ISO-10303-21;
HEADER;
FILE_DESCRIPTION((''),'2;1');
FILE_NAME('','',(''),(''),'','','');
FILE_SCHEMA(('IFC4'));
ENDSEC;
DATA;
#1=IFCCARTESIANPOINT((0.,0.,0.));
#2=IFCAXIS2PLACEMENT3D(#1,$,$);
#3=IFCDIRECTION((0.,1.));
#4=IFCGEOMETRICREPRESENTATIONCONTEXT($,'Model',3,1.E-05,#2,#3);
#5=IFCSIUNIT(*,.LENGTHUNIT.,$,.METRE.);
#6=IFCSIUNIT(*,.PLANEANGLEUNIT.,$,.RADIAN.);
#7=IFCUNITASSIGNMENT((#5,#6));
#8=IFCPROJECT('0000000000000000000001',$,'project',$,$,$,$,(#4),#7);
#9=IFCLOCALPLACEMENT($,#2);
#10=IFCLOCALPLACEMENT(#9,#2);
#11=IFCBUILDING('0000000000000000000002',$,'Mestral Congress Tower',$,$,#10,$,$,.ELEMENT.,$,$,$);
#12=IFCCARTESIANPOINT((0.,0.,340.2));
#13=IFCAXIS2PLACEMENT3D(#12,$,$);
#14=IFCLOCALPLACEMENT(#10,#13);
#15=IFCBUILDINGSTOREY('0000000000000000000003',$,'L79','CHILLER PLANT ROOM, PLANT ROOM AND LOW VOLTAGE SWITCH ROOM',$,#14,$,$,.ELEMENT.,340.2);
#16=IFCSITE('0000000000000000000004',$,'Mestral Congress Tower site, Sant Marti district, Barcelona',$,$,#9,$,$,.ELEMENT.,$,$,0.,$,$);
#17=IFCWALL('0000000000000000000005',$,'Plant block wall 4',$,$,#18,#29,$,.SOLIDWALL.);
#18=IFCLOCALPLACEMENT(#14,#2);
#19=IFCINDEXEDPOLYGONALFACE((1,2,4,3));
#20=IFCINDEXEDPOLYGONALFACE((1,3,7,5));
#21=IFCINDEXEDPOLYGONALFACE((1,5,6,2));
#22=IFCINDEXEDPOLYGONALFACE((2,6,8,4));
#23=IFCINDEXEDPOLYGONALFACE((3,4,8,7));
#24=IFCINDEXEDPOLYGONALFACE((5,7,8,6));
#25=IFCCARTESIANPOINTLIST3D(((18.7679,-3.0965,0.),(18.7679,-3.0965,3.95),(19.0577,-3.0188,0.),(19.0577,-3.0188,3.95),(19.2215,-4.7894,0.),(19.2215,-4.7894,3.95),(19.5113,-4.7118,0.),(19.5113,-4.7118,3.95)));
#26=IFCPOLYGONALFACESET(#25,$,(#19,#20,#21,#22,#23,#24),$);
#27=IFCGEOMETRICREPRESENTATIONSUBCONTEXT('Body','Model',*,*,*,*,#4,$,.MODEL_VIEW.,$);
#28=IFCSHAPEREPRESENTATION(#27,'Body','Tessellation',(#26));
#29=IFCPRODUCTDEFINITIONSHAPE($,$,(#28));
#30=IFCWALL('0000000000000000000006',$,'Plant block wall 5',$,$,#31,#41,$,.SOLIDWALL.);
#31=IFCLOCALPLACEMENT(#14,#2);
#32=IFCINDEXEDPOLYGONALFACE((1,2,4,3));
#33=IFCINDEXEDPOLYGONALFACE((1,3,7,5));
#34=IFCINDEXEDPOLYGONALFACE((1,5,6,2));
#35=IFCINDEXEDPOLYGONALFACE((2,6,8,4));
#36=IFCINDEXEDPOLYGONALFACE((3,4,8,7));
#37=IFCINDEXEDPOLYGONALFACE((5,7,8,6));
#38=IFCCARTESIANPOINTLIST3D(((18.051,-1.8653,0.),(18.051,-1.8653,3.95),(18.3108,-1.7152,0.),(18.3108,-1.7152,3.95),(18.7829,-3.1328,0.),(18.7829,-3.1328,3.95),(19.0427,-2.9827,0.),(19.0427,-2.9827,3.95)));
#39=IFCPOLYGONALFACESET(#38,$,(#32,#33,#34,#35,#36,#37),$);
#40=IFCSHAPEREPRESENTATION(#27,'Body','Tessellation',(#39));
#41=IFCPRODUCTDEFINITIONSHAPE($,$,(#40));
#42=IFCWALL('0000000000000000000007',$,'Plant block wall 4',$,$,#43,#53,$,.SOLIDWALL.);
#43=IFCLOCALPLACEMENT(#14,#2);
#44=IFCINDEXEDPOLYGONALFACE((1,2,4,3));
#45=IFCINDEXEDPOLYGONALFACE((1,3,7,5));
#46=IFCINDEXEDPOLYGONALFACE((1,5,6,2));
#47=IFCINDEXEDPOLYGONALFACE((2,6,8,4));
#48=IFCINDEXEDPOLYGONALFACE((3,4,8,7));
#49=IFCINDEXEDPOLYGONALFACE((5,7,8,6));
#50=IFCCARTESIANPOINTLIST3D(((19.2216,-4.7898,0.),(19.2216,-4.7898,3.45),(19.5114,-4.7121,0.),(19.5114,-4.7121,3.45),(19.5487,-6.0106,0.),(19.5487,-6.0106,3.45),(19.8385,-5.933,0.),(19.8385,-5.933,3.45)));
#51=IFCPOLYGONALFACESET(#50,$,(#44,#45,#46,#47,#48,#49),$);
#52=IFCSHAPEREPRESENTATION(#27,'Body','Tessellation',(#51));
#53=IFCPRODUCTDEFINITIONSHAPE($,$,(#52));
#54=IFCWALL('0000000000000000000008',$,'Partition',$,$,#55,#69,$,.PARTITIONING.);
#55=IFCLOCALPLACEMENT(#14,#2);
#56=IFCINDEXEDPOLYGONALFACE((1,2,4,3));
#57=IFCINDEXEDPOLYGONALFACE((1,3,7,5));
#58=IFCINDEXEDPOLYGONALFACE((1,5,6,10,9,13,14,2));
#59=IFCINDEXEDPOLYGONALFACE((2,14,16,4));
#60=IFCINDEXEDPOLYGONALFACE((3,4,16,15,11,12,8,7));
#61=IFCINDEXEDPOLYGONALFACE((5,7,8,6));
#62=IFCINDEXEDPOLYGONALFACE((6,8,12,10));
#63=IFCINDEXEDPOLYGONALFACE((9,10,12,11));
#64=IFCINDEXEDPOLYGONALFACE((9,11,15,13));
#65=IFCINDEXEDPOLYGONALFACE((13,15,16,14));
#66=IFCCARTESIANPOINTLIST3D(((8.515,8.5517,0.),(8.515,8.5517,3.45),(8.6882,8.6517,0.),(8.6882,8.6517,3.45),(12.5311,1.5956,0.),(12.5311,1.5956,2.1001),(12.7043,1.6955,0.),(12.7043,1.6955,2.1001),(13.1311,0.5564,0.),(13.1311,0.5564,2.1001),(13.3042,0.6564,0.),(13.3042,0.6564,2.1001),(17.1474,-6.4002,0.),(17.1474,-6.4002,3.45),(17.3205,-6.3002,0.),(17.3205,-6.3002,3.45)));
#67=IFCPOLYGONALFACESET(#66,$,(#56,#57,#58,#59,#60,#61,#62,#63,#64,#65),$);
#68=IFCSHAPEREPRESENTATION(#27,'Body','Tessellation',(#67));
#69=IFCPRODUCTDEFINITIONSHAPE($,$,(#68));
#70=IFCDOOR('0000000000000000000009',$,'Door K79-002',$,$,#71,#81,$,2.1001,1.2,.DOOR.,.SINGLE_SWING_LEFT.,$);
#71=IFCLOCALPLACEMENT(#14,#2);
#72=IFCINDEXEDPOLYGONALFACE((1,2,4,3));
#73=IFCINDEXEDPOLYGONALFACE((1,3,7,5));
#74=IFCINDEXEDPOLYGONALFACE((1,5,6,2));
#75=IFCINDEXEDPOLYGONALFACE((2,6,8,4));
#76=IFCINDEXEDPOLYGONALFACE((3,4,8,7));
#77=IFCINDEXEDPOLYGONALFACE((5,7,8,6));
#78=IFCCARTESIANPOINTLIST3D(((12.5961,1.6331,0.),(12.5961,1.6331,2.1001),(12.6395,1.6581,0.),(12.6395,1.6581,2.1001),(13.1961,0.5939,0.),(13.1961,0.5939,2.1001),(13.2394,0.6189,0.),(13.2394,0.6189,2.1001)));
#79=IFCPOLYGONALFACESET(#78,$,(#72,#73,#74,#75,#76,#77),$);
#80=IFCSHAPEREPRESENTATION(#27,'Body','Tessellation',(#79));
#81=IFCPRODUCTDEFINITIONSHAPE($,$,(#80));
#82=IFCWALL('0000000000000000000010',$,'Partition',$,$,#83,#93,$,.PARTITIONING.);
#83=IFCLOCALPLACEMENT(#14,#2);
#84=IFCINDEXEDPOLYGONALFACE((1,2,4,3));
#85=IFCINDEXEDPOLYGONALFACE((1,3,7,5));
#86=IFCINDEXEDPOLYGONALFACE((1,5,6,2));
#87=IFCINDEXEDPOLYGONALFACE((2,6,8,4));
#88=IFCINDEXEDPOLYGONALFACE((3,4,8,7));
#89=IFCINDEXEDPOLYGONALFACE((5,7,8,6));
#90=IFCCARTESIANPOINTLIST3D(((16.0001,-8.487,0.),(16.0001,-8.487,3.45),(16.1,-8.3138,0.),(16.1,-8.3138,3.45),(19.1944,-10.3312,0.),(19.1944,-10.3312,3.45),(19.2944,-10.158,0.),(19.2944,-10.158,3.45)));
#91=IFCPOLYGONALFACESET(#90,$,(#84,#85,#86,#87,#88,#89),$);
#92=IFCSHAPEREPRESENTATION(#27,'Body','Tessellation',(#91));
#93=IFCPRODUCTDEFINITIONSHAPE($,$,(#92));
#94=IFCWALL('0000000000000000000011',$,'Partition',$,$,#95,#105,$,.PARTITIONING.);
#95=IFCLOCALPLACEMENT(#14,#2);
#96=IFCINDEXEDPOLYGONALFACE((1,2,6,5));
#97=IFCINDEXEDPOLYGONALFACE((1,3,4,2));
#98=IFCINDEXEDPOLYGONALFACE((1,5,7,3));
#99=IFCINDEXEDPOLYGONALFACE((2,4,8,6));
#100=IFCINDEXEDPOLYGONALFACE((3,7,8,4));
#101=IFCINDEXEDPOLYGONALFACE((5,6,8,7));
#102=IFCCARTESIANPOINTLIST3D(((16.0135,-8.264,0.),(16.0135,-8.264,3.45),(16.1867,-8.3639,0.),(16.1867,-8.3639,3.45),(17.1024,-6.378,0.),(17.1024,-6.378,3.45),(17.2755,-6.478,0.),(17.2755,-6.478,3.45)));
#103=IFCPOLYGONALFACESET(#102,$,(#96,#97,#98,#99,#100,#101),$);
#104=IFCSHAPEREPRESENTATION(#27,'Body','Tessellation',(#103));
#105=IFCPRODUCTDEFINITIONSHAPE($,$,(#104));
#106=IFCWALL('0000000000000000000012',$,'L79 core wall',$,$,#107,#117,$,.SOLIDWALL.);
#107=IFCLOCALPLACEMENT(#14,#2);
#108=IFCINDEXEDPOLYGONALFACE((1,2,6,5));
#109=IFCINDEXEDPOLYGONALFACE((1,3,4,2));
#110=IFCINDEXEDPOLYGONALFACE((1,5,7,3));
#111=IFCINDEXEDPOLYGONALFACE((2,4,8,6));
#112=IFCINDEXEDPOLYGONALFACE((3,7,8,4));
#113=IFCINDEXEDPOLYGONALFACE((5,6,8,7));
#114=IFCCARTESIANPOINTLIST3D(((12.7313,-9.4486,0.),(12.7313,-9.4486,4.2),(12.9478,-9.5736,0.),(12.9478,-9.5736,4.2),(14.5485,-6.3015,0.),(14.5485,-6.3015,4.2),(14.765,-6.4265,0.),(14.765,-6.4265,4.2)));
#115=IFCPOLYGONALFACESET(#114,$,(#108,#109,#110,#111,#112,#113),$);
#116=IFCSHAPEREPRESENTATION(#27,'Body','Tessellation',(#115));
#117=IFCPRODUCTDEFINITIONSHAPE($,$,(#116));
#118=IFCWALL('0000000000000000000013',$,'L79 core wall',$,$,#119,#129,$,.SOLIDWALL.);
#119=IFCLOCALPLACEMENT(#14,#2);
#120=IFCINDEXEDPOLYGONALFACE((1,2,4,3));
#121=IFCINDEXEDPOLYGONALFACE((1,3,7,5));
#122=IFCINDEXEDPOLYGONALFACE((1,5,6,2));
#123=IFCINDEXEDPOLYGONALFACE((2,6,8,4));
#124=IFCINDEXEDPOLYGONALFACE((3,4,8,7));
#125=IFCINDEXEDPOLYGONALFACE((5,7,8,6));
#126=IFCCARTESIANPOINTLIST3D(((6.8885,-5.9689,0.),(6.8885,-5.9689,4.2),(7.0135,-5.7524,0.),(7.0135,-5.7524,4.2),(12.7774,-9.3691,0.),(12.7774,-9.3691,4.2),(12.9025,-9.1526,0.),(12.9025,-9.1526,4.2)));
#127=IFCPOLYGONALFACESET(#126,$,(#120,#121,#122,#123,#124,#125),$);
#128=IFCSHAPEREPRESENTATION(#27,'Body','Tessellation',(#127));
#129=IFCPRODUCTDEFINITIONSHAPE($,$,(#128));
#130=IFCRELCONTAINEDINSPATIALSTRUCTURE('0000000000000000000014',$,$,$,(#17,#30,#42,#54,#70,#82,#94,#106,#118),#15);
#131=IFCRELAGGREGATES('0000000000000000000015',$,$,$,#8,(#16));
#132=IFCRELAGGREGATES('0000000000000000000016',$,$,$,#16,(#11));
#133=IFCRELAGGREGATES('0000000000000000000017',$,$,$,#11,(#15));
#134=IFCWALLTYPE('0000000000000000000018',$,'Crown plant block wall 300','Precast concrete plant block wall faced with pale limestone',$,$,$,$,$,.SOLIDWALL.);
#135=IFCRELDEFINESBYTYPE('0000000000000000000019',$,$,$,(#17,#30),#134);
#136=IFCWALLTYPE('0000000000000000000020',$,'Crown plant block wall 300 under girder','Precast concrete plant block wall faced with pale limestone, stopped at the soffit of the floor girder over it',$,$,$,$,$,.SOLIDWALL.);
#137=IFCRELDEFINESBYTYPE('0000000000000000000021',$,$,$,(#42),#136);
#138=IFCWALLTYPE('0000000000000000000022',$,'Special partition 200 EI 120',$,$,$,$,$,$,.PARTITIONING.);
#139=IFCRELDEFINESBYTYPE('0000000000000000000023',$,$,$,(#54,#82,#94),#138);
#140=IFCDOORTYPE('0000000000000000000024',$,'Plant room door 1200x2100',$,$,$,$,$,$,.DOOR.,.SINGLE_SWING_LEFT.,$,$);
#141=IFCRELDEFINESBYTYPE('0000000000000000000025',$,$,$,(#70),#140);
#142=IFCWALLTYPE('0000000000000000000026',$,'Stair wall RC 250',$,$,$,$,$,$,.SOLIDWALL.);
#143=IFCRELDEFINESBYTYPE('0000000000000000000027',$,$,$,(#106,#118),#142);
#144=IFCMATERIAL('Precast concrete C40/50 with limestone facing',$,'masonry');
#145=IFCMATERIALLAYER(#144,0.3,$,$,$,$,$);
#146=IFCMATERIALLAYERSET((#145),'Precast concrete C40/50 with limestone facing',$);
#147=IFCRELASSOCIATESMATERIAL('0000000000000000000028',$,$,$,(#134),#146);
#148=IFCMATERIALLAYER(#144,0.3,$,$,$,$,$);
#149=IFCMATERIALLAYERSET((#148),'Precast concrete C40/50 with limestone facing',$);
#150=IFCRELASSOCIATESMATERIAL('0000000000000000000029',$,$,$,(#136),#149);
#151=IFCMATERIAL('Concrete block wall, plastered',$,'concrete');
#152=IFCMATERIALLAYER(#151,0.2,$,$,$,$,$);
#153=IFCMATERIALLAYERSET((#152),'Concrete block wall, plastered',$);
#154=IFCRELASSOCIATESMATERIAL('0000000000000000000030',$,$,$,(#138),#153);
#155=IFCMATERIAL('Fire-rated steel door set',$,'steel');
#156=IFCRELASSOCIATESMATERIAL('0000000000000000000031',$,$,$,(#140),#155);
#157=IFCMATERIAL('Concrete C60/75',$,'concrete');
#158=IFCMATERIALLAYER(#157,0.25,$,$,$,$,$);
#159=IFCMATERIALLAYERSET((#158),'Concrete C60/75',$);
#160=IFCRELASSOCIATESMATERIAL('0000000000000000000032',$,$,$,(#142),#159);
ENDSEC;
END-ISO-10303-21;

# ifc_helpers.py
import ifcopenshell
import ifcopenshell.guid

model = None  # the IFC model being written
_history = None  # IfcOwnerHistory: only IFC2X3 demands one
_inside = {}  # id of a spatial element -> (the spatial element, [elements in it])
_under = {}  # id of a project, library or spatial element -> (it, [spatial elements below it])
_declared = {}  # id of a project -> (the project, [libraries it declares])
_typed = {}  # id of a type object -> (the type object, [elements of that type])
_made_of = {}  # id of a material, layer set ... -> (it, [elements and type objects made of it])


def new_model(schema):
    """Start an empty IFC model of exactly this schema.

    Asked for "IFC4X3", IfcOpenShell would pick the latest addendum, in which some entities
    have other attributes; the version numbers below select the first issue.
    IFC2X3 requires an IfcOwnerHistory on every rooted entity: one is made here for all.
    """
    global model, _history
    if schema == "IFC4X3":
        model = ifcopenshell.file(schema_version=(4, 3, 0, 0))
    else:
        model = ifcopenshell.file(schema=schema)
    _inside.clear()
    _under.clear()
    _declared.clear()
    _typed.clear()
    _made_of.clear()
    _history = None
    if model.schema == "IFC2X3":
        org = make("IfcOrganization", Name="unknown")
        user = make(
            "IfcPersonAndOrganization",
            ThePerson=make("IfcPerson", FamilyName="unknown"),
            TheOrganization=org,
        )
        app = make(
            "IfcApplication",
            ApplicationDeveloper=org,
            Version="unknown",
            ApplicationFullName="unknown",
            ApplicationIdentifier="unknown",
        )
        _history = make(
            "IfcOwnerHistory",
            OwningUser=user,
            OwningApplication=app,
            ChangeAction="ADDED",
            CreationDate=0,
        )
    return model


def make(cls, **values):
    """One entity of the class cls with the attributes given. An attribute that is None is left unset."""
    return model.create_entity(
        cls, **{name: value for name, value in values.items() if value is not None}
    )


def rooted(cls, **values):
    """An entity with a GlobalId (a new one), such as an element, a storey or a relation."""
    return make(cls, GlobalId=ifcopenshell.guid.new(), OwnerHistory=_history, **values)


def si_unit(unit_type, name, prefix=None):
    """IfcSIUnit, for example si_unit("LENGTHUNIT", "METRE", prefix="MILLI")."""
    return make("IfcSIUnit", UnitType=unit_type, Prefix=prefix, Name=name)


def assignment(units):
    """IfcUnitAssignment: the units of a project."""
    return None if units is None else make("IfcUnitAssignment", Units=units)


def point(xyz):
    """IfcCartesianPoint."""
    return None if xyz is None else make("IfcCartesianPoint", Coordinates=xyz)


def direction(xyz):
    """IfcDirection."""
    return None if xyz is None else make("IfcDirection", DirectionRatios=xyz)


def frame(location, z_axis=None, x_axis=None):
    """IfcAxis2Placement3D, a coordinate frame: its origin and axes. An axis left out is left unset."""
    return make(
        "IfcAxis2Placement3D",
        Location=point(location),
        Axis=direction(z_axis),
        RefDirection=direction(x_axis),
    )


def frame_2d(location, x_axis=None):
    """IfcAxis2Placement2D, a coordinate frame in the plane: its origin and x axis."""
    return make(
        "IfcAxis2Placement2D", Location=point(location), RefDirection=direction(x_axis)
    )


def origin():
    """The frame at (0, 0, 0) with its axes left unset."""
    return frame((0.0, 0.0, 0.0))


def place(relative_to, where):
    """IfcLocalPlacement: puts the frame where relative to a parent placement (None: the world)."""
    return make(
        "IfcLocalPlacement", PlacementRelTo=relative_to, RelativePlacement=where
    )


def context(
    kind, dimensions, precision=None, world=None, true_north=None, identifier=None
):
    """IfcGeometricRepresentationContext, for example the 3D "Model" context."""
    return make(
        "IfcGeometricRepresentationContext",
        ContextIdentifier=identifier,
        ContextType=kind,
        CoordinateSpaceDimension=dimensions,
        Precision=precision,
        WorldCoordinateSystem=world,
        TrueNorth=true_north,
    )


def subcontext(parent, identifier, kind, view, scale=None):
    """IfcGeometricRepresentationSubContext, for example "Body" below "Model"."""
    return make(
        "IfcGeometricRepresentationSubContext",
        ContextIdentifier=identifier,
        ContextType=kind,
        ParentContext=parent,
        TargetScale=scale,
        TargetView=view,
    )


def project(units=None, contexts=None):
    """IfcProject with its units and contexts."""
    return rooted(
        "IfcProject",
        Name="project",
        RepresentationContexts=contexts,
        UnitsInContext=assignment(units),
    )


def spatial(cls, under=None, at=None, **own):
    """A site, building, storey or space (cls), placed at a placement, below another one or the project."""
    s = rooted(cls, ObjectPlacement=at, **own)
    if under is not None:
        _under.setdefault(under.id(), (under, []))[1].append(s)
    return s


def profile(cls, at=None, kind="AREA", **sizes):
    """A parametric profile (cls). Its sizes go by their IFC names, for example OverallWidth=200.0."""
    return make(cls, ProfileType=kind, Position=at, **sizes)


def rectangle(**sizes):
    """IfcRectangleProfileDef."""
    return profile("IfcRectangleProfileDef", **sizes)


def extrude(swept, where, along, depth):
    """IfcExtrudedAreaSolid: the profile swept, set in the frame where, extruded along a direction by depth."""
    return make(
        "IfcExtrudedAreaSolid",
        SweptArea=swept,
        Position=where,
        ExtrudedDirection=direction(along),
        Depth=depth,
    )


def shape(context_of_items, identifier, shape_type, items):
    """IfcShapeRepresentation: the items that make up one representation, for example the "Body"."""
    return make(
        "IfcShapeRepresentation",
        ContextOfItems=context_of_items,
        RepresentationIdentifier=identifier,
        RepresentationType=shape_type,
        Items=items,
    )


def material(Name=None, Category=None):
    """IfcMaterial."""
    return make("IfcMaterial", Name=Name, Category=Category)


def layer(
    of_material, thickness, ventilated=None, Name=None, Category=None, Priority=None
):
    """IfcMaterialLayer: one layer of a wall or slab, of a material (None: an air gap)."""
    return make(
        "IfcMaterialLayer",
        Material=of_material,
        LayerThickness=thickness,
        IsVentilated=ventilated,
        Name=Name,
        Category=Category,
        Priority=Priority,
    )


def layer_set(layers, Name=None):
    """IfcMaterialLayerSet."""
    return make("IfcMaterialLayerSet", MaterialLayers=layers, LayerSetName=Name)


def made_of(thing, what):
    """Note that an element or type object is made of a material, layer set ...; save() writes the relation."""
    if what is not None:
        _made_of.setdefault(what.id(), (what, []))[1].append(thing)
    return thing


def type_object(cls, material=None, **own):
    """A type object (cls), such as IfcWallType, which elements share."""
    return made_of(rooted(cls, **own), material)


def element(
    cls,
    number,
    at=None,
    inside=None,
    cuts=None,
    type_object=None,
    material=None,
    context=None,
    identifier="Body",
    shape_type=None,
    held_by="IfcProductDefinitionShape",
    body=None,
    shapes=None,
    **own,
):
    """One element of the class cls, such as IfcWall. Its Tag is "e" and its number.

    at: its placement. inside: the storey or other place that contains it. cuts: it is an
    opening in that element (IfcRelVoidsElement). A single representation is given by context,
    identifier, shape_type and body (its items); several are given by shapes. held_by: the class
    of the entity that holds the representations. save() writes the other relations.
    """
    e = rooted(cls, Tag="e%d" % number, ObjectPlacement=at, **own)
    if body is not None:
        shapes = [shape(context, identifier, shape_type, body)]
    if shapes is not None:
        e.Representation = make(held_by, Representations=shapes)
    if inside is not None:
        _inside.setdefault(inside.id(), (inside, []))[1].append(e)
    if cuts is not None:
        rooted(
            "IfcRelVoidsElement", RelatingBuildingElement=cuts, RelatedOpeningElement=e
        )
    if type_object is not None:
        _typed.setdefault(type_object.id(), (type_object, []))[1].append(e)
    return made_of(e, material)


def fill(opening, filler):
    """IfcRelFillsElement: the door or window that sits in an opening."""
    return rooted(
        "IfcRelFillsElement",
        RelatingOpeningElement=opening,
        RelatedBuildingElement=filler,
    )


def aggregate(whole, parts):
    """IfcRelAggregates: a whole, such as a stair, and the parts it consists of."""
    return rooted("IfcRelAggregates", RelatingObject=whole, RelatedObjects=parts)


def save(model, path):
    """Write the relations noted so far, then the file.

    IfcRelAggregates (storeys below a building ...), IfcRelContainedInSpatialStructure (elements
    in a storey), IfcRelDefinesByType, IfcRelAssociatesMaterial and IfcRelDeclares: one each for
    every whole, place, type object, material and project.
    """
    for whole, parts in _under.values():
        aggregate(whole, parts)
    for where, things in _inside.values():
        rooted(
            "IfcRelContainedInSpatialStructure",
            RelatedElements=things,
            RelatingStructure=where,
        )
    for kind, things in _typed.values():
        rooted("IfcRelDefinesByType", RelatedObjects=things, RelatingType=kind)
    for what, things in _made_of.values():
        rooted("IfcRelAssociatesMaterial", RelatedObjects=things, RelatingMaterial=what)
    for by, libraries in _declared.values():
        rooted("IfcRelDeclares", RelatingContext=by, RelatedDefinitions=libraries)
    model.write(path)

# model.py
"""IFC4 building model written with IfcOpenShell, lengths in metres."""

from ifc_helpers import new_model, si_unit, direction, frame, frame_2d, origin, place, context, subcontext, project, spatial, rectangle, extrude, material, layer, layer_set, type_object, element, fill, save


model = new_model("IFC4")

# Units and contexts
model_context = context("Model", 3, precision=1e-05, world=origin(), true_north=direction((0.0, 1.0)))
body_context = subcontext(model_context, "Body", "Model", "MODEL_VIEW")
ifc_project = project(units=[si_unit("LENGTHUNIT", "METRE"), si_unit("PLANEANGLEUNIT", "RADIAN")], contexts=[model_context])

# Site, building, storey
site_placement = place(None, origin())
site = spatial("IfcSite", under=ifc_project, at=site_placement, Name="Mestral Congress Tower site, Sant Marti district, Barcelona", CompositionType="ELEMENT", RefElevation=0.0)
building_placement = place(site_placement, origin())
building = spatial("IfcBuilding", under=site, at=building_placement, Name="Mestral Congress Tower", CompositionType="ELEMENT")
storey_placement = place(building_placement, frame((0.0, 0.0, 340.2)))
storey = spatial("IfcBuildingStorey", under=building, at=storey_placement, Name="L79", Description="CHILLER PLANT ROOM, PLANT ROOM AND LOW VOLTAGE SWITCH ROOM", CompositionType="ELEMENT", Elevation=340.2)

# Walls
ifc_material_1 = material(Name="Precast concrete C40/50 with limestone facing", Category="masonry")
ifc_layer_1 = layer(ifc_material_1, 0.3)
ifc_layer_set_1 = layer_set([ifc_layer_1], Name="Precast concrete C40/50 with limestone facing")
wall_type_1 = type_object("IfcWallType", Name="Crown plant block wall 300", Description="Precast concrete plant block wall faced with pale limestone", PredefinedType="SOLIDWALL", material=ifc_layer_set_1)
wall_1_placement = place(storey_placement, frame((19.3665, -4.7507, 0.0), z_axis=(0.0, 0.0, 1.0), x_axis=(-0.258824, 0.965924, 0.0)))
element("IfcWall", 1, at=wall_1_placement, inside=storey, type_object=wall_type_1, Name="Plant block wall 4", PredefinedType="SOLIDWALL", context=body_context, shape_type="SweptSolid", body=[
    extrude(rectangle(XDim=1.7527, YDim=0.3, at=frame_2d((0.8765, 0.0))), origin(), (0.0, 0.0, 1.0), 3.95),
])
wall_2_placement = place(storey_placement, frame((18.9128, -3.0579, 0.0), z_axis=(0.0, 0.0, 1.0), x_axis=(-0.50005, 0.865997, 0.0)))
element("IfcWall", 2, at=wall_2_placement, inside=storey, type_object=wall_type_1, Name="Plant block wall 5", PredefinedType="SOLIDWALL", context=body_context, shape_type="SweptSolid", body=[
    extrude(rectangle(XDim=1.4636, YDim=0.3, at=frame_2d((0.7319, 0.0))), origin(), (0.0, 0.0, 1.0), 3.95),
])
ifc_layer_2 = layer(ifc_material_1, 0.3)
ifc_layer_set_2 = layer_set([ifc_layer_2], Name="Precast concrete C40/50 with limestone facing")
wall_type_2 = type_object("IfcWallType", Name="Crown plant block wall 300 under girder", Description="Precast concrete plant block wall faced with pale limestone, stopped at the soffit of the floor girder over it", PredefinedType="SOLIDWALL", material=ifc_layer_set_2)
wall_3_placement = place(storey_placement, frame((19.6936, -5.9717, 0.0), z_axis=(0.0, 0.0, 1.0), x_axis=(-0.258817, 0.965926, 0.0)))
element("IfcWall", 3, at=wall_3_placement, inside=storey, type_object=wall_type_2, Name="Plant block wall 4", PredefinedType="SOLIDWALL", context=body_context, shape_type="SweptSolid", body=[
    extrude(rectangle(XDim=1.2639, YDim=0.3, at=frame_2d((0.6318, 0.0))), origin(), (0.0, 0.0, 1.0), 3.45),
])

# Wall, opening, door
ifc_material_2 = material(Name="Concrete block wall, plastered", Category="concrete")
ifc_layer_3 = layer(ifc_material_2, 0.2)
ifc_layer_set_3 = layer_set([ifc_layer_3], Name="Concrete block wall, plastered")
wall_type_3 = type_object("IfcWallType", Name="Special partition 200 EI 120", PredefinedType="PARTITIONING", material=ifc_layer_set_3)
wall_4_placement = place(storey_placement, frame((17.2339, -6.3501, 0.0), z_axis=(0.0, 0.0, 1.0), x_axis=(-0.499993, 0.866029, 0.0)))
wall_4 = element("IfcWall", 4, at=wall_4_placement, inside=storey, type_object=wall_type_3, Name="Partition", PredefinedType="PARTITIONING", context=body_context, shape_type="SweptSolid", body=[
    extrude(rectangle(XDim=17.2649, YDim=0.2, at=frame_2d((8.6323, 0.0))), origin(), (0.0, 0.0, 1.0), 3.45),
])
opening_placement = place(wall_4_placement, frame((8.0325, 0.0, 0.0)))
opening = element("IfcOpeningElement", 5, at=opening_placement, cuts=wall_4, PredefinedType="OPENING", context=body_context, shape_type="SweptSolid", body=[
    extrude(rectangle(XDim=1.2, YDim=2.1001, at=frame_2d((0.6001, 1.05))), frame((0.0, 0.1099, 0.0), z_axis=(0.0, -1.0, 0.0), x_axis=(1.0, 0.0, 0.0)), (0.0, 0.0, 1.0), 0.22),
])
ifc_material_3 = material(Name="Fire-rated steel door set", Category="steel")
door_type = type_object("IfcDoorType", Name="Plant room door 1200x2100", OperationType="SINGLE_SWING_LEFT", PredefinedType="DOOR", material=ifc_material_3)
door_placement = place(opening_placement, origin())
door = element("IfcDoor", 6, at=door_placement, inside=storey, type_object=door_type, Name="Door K79-002", OperationType="SINGLE_SWING_LEFT", OverallHeight=2.1001, OverallWidth=1.2, PredefinedType="DOOR", context=body_context, shape_type="SweptSolid", body=[
    extrude(rectangle(XDim=1.2, YDim=2.1001, at=frame_2d((0.6001, 1.05))), frame((0.0, 0.0249, 0.0), z_axis=(0.0, -1.0, 0.0), x_axis=(1.0, 0.0, 0.0)), (0.0, 0.0, 1.0), 0.05),
])
fill(opening, door)

# Walls
wall_5_placement = place(storey_placement, frame((16.05, -8.4004, 0.0), z_axis=(0.0, 0.0, 1.0), x_axis=(0.866027, -0.499997, 0.0)))
element("IfcWall", 7, at=wall_5_placement, inside=storey, type_object=wall_type_3, Name="Partition", PredefinedType="PARTITIONING", context=body_context, shape_type="SweptSolid", body=[
    extrude(rectangle(XDim=3.6885, YDim=0.2, at=frame_2d((1.8442, 0.0))), origin(), (0.0, 0.0, 1.0), 3.45),
])
wall_6_placement = place(storey_placement, frame((17.189, -6.428, 0.0), z_axis=(0.0, 0.0, 1.0), x_axis=(-0.499997, -0.866027, 0.0)))
element("IfcWall", 8, at=wall_6_placement, inside=storey, type_object=wall_type_3, Name="Partition", PredefinedType="PARTITIONING", context=body_context, shape_type="SweptSolid", body=[
    extrude(rectangle(XDim=2.1777, YDim=0.2, at=frame_2d((1.0889, 0.0))), origin(), (0.0, 0.0, 1.0), 3.45),
])
ifc_material_4 = material(Name="Concrete C60/75", Category="concrete")
ifc_layer_4 = layer(ifc_material_4, 0.25)
ifc_layer_set_4 = layer_set([ifc_layer_4], Name="Concrete C60/75")
wall_type_4 = type_object("IfcWallType", Name="Stair wall RC 250", PredefinedType="SOLIDWALL", material=ifc_layer_set_4)
wall_7_placement = place(storey_placement, frame((12.8396, -9.511, 0.0), z_axis=(0.0, 0.0, 1.0), x_axis=(0.500048, 0.865998, 0.0)))
element("IfcWall", 9, at=wall_7_placement, inside=storey, type_object=wall_type_4, Name="L79 core wall", PredefinedType="SOLIDWALL", context=body_context, shape_type="SweptSolid", body=[
    extrude(rectangle(XDim=3.634, YDim=0.25, at=frame_2d((1.8169, 0.0))), origin(), (0.0, 0.0, 1.0), 4.2),
])
wall_8_placement = place(storey_placement, frame((12.8398, -9.2607, 0.0), z_axis=(0.0, 0.0, 1.0), x_axis=(-0.866014, 0.50002, 0.0)))
element("IfcWall", 10, at=wall_8_placement, inside=storey, type_object=wall_type_4, Name="L79 core wall", PredefinedType="SOLIDWALL", context=body_context, shape_type="SweptSolid", body=[
    extrude(rectangle(XDim=6.8, YDim=0.25, at=frame_2d((3.3999, 0.0))), origin(), (0.0, 0.0, 1.0), 4.2),
])

save(model, "model.ifc")
